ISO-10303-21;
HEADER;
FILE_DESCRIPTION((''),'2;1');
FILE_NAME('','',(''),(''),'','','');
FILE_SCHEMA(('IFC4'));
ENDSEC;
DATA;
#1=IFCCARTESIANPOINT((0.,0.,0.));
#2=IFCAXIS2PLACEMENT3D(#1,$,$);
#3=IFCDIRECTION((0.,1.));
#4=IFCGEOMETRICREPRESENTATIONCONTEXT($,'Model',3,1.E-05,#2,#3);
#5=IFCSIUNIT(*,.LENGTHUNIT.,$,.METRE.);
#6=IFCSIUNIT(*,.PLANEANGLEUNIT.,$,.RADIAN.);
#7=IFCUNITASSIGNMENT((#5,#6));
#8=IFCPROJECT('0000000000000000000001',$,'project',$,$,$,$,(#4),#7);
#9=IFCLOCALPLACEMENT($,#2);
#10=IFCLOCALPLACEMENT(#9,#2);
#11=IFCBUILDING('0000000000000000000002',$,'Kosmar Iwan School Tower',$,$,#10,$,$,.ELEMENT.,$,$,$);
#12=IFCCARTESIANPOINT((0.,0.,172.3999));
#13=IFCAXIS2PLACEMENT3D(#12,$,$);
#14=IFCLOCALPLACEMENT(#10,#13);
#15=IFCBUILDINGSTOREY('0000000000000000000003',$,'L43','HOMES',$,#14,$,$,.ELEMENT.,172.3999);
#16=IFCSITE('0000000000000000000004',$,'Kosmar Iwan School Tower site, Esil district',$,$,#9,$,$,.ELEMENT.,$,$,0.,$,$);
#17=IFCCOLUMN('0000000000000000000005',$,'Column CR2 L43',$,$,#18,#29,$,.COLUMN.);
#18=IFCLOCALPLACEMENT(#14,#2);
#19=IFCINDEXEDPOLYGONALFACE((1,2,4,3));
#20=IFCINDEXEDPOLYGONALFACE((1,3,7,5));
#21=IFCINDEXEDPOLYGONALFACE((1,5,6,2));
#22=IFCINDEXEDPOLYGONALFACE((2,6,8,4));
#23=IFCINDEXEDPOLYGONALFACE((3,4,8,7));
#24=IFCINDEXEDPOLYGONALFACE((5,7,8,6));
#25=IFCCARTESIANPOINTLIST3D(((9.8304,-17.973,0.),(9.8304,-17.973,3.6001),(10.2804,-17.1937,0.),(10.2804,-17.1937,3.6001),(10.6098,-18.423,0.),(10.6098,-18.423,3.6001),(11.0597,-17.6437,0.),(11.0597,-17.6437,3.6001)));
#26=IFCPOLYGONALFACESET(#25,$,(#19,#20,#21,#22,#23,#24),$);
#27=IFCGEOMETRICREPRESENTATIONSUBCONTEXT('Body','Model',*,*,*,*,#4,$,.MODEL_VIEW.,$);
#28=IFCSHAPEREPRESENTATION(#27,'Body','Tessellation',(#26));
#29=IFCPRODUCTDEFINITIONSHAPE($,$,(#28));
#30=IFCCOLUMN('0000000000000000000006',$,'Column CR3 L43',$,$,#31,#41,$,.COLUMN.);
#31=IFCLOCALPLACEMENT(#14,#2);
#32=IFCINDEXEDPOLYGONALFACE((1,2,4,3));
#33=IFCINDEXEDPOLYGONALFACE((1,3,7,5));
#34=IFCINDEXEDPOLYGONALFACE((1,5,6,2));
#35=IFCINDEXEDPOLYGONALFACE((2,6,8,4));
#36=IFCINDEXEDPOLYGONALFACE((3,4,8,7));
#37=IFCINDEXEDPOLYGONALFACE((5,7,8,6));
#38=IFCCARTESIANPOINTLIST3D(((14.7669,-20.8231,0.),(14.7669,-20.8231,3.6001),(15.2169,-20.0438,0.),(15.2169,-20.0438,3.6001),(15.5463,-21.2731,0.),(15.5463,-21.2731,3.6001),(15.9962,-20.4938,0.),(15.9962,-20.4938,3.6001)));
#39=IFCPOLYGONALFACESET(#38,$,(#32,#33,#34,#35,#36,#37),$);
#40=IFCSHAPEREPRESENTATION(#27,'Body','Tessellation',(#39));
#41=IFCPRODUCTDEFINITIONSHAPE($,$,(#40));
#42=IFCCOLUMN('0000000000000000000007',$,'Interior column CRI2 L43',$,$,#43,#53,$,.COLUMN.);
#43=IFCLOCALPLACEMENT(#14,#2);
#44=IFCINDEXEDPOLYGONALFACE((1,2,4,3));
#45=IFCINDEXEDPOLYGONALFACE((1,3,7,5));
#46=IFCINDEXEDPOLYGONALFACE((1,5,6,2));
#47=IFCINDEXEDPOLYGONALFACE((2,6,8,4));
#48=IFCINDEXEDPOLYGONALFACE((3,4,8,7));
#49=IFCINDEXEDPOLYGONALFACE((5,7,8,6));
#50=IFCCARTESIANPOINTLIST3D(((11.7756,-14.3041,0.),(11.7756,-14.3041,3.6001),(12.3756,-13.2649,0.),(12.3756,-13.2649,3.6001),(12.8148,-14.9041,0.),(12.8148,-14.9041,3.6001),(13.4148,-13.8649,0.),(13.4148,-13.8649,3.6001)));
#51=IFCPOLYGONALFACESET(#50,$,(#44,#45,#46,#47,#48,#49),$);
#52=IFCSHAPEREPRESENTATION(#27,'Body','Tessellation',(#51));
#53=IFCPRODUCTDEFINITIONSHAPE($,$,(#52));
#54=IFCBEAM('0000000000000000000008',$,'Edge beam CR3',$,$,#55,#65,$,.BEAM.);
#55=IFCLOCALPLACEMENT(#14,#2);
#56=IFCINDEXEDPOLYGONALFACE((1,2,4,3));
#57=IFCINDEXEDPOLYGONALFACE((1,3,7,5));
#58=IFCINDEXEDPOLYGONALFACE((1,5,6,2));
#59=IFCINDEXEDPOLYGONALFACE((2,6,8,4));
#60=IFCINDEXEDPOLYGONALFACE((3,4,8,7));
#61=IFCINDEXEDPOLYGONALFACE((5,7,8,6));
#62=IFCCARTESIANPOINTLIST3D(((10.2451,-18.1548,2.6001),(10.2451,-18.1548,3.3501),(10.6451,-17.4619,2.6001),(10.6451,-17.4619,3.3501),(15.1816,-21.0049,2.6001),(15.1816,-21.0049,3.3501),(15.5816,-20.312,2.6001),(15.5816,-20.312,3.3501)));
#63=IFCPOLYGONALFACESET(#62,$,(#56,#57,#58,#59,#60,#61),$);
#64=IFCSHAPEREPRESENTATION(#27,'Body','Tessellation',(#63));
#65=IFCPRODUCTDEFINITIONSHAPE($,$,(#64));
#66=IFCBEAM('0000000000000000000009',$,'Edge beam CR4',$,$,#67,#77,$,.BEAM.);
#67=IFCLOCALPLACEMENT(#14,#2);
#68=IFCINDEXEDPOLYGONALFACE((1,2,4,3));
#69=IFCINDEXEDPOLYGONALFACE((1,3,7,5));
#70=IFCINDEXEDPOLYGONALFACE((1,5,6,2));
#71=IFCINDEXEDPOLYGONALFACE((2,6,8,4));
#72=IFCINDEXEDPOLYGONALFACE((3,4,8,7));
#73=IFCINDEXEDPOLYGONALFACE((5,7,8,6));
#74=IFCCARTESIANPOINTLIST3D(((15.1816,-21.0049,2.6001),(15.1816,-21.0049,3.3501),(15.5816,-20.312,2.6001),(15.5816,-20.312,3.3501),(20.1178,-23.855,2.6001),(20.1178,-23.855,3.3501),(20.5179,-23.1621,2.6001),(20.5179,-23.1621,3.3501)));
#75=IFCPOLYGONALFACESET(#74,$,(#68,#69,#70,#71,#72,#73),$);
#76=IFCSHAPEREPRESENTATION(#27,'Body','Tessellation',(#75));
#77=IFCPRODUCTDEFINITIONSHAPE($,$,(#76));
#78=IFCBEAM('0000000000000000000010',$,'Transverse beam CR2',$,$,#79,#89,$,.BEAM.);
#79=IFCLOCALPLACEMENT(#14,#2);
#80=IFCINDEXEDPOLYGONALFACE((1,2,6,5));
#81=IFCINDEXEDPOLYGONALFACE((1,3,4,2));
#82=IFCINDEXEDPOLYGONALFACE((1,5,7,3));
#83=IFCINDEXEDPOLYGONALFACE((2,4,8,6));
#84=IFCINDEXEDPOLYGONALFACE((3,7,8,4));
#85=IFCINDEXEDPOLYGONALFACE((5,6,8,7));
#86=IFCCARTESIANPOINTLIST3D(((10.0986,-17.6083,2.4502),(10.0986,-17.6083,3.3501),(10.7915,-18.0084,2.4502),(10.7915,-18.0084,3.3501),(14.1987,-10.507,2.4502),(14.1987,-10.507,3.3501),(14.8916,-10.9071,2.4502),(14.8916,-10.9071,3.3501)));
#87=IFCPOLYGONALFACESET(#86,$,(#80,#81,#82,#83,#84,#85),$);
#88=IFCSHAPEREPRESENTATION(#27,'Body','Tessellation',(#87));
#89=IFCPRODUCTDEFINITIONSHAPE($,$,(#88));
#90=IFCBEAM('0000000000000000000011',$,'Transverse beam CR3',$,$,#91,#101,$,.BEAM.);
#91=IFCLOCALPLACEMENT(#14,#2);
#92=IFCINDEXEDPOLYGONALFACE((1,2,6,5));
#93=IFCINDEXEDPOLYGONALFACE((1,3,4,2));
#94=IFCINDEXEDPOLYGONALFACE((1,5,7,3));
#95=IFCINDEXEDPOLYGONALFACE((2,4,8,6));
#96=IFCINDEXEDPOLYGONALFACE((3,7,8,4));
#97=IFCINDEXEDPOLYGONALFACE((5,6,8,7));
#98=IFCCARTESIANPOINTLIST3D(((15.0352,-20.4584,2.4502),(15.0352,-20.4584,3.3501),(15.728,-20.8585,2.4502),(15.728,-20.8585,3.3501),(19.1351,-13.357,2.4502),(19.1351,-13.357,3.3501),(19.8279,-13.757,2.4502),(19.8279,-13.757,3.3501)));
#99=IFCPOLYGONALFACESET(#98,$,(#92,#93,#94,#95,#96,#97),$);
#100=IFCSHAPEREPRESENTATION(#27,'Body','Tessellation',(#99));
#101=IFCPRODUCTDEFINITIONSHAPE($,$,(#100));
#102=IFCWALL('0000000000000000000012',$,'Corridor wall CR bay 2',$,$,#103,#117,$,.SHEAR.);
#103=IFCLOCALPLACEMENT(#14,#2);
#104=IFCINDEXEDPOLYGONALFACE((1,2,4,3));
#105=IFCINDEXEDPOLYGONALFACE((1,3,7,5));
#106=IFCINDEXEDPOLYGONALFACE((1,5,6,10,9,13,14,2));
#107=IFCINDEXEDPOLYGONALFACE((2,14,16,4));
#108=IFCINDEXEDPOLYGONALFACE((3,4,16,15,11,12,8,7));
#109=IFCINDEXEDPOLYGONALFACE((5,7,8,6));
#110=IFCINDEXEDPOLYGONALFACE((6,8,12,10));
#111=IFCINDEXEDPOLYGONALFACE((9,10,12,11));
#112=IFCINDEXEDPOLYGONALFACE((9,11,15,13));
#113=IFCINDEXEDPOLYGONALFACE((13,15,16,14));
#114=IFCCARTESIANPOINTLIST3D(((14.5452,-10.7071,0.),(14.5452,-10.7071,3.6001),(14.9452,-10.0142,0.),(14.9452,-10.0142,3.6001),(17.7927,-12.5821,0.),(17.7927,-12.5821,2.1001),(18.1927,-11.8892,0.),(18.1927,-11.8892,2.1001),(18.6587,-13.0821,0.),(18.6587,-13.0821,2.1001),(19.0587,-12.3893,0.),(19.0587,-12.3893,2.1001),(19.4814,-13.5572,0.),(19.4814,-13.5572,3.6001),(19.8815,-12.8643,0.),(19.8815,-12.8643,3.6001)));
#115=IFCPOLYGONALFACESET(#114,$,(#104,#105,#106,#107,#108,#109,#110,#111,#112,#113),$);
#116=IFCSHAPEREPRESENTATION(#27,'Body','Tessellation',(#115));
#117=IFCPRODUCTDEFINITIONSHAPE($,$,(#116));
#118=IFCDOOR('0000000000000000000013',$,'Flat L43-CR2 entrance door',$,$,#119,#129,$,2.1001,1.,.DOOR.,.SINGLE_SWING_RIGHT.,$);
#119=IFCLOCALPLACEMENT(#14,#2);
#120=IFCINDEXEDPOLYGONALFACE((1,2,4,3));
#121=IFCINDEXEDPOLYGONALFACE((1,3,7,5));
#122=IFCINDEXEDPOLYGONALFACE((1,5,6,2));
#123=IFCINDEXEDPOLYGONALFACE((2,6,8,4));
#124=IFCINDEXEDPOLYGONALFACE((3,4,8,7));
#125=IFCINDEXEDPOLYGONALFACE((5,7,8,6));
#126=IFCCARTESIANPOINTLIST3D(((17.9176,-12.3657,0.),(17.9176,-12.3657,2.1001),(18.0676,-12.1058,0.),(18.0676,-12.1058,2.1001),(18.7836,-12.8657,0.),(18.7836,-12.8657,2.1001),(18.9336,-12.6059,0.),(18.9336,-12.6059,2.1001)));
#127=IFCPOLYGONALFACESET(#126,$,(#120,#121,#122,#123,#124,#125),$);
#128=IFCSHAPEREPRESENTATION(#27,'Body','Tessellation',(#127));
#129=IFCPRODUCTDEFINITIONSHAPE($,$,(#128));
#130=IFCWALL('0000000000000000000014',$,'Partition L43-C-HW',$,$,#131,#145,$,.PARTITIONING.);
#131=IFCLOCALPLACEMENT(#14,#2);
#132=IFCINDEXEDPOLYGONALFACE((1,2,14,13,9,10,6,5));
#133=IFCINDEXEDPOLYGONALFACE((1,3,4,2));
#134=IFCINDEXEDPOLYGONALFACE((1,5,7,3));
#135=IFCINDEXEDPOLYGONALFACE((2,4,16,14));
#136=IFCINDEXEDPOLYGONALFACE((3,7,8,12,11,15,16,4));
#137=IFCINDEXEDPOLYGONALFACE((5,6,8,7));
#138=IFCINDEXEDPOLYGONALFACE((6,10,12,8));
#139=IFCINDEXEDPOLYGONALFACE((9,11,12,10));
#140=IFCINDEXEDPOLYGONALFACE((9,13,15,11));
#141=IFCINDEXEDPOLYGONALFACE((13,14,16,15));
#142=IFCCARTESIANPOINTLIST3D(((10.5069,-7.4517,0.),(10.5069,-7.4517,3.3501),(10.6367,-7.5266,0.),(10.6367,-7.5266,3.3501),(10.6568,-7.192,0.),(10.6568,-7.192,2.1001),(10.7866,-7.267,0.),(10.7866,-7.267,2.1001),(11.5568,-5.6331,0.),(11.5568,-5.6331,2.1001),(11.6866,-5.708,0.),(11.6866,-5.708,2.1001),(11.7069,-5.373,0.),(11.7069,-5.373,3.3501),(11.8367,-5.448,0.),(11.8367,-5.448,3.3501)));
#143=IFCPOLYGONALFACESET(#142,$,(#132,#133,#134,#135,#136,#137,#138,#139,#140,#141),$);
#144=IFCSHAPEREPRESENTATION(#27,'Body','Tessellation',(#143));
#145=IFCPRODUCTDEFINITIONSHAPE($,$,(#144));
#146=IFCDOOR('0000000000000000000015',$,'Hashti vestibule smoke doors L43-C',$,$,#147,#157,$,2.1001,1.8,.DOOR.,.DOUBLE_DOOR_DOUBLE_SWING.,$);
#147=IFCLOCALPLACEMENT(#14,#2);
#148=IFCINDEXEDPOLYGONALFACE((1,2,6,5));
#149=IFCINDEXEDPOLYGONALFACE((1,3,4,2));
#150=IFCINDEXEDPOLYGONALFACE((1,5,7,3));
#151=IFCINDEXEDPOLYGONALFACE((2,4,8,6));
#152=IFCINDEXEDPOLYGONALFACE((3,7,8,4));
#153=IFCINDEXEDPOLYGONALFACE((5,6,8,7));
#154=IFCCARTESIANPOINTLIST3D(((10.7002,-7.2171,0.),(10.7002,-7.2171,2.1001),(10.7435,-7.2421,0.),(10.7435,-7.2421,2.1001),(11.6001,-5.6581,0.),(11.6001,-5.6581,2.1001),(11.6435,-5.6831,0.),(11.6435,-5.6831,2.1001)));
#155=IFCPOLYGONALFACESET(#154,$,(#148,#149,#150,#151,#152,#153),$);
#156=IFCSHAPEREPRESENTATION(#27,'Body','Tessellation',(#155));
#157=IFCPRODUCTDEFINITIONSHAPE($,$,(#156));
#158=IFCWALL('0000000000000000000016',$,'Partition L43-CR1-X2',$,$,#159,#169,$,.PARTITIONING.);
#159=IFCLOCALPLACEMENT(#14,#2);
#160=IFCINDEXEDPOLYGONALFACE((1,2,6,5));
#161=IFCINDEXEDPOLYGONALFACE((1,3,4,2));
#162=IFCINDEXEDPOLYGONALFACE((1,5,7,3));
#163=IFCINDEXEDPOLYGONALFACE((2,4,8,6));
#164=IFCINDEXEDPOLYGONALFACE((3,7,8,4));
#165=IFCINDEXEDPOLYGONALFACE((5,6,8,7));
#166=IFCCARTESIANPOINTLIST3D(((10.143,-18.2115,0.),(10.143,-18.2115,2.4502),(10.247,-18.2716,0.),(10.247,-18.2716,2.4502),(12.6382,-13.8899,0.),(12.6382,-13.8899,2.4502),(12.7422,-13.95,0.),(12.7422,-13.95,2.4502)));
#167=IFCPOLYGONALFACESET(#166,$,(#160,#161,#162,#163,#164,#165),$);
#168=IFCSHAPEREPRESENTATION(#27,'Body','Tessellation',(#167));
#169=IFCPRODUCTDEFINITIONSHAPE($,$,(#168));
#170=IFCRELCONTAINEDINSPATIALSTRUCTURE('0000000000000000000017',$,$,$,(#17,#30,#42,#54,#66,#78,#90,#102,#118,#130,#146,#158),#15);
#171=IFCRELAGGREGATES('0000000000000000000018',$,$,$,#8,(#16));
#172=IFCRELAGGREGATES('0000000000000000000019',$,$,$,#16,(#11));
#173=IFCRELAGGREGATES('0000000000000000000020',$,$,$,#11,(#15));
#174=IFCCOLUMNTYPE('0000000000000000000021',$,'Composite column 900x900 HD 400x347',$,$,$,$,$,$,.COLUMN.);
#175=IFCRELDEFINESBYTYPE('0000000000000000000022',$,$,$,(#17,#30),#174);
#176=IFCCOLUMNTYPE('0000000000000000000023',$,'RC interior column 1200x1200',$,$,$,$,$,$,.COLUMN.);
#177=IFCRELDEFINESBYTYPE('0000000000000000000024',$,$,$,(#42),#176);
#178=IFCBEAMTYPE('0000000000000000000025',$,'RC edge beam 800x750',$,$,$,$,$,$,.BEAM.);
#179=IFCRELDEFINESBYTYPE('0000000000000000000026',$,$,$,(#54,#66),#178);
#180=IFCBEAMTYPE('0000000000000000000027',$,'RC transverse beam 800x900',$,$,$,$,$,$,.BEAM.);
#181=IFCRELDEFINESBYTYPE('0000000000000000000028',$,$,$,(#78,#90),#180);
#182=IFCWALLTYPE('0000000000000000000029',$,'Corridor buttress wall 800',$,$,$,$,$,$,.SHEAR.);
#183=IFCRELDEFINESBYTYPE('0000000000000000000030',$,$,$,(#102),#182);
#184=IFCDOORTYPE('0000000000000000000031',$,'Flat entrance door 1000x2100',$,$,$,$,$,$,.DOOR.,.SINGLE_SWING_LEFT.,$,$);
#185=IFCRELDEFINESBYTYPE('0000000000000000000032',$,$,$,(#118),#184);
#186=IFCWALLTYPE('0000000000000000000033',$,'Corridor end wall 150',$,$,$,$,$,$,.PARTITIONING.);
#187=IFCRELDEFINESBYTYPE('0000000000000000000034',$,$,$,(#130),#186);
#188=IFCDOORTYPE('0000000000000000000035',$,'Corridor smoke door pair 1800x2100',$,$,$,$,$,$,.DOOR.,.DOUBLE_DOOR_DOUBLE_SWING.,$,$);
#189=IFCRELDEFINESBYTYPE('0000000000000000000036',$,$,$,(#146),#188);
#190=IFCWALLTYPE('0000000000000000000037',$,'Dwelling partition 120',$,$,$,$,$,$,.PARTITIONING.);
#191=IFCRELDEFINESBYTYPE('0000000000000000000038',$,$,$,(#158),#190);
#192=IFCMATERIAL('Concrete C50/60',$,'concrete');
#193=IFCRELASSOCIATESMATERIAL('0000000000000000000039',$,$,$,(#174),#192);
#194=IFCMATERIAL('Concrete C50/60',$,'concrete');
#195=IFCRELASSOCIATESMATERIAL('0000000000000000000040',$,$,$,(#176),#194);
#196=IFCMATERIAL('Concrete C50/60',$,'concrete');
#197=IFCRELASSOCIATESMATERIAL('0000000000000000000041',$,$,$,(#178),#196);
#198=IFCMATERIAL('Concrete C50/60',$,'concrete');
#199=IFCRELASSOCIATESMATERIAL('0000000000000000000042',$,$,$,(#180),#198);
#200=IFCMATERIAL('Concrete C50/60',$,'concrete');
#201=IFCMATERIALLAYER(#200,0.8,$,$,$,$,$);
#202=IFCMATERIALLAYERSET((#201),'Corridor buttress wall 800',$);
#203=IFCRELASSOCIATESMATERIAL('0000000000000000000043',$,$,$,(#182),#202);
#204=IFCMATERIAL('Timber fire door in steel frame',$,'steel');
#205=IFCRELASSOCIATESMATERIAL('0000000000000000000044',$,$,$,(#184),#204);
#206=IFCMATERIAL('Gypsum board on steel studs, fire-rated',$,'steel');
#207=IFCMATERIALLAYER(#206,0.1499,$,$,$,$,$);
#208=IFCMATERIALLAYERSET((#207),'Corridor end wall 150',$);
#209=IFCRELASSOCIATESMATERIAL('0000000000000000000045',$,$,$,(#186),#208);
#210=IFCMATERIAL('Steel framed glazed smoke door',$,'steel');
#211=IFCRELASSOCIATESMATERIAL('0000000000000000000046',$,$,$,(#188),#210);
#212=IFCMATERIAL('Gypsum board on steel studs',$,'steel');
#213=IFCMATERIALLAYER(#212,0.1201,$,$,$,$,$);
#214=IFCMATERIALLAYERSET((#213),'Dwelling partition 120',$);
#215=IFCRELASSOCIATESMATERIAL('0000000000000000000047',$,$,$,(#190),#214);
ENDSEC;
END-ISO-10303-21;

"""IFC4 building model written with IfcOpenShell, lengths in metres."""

from ifc_helpers import new_model, si_unit, direction, frame, frame_2d, origin, origin_2d, place, context, subcontext, project, spatial, rectangle, extrude, material, layer, layer_set, material_profile, profile_set, type_object, element, fill, save


model = new_model("IFC4")

# Units and contexts
model_context = context("Model", 3, precision=1e-05, world=origin(), true_north=direction((0.0, 1.0)))
body_context = subcontext(model_context, "Body", "Model", "MODEL_VIEW")
ifc_project = project(units=[si_unit("LENGTHUNIT", "METRE"), si_unit("PLANEANGLEUNIT", "RADIAN")], contexts=[model_context])

# Site, building, storey
site_placement = place(None, origin())
site = spatial("IfcSite", under=ifc_project, at=site_placement, Name="Kosmar Iwan School Tower site, Esil district", CompositionType="ELEMENT", RefElevation=0.0)
building_placement = place(site_placement, origin())
building = spatial("IfcBuilding", under=site, at=building_placement, Name="Kosmar Iwan School Tower", CompositionType="ELEMENT")
storey_placement = place(building_placement, frame((0.0, 0.0, 172.3999)))
storey = spatial("IfcBuildingStorey", under=building, at=storey_placement, Name="L43", Description="HOMES", CompositionType="ELEMENT", Elevation=172.3999)

# Columns
ifc_material_1 = material(Name="Concrete C50/60", Category="concrete")
ifc_material_profile_1 = material_profile(ifc_material_1, rectangle(XDim=0.8999, YDim=0.8999, at=origin_2d()), Name="RC 900x900 + HD 400x347")
ifc_profile_set_1 = profile_set([ifc_material_profile_1], Name="Concrete C50/60")
column_type_1 = type_object("IfcColumnType", Name="Composite column 900x900 HD 400x347", PredefinedType="COLUMN", material=ifc_profile_set_1)
for number, where, z_axis, x_axis, name in (
    (1, (10.4451, -17.8083, 0.0), (0.0, 0.0, 1.0), (0.866025, -0.5, 0.0), "Column CR2 L43"),
    (2, (15.3816, -20.6584, 0.0), (0.0, 0.0, 1.0), (0.866025, -0.5, 0.0), "Column CR3 L43"),
):
    element("IfcColumn", number, at=place(storey_placement, frame(where, z_axis=z_axis, x_axis=x_axis)), inside=storey, type_object=column_type_1, Name=name, PredefinedType="COLUMN", context=body_context, shape_type="SweptSolid", body=[
        extrude(rectangle(XDim=0.8999, YDim=0.8999, at=origin_2d()), origin(), (0.0, 0.0, 1.0), 3.6001),
    ])
ifc_material_2 = material(Name="Concrete C50/60", Category="concrete")
ifc_material_profile_2 = material_profile(ifc_material_2, rectangle(XDim=1.2, YDim=1.2, at=origin_2d()), Name="RC 1200x1200")
ifc_profile_set_2 = profile_set([ifc_material_profile_2], Name="Concrete C50/60")
column_type_2 = type_object("IfcColumnType", Name="RC interior column 1200x1200", PredefinedType="COLUMN", material=ifc_profile_set_2)
column_placement = place(storey_placement, frame((12.5952, -14.0845, 0.0), z_axis=(0.0, 0.0, 1.0), x_axis=(0.866025, -0.5, 0.0)))
element("IfcColumn", 3, at=column_placement, inside=storey, type_object=column_type_2, Name="Interior column CRI2 L43", PredefinedType="COLUMN", context=body_context, shape_type="SweptSolid", body=[
    extrude(rectangle(XDim=1.2, YDim=1.2, at=origin_2d()), origin(), (0.0, 0.0, 1.0), 3.6001),
])

# Beams
ifc_material_3 = material(Name="Concrete C50/60", Category="concrete")
ifc_material_profile_3 = material_profile(ifc_material_3, rectangle(XDim=0.8, YDim=0.75, at=origin_2d()), Name="RC 800x750")
ifc_profile_set_3 = profile_set([ifc_material_profile_3], Name="Concrete C50/60")
beam_type_1 = type_object("IfcBeamType", Name="RC edge beam 800x750", PredefinedType="BEAM", material=ifc_profile_set_3)
beam_1_placement = place(storey_placement, frame((10.4451, -17.8083, 2.9751), z_axis=(0.866026, -0.499999, 0.0), x_axis=(0.499999, 0.866026, 0.0)))
element("IfcBeam", 4, at=beam_1_placement, inside=storey, type_object=beam_type_1, Name="Edge beam CR3", PredefinedType="BEAM", context=body_context, shape_type="SweptSolid", body=[
    extrude(rectangle(XDim=0.8, YDim=0.75, at=origin_2d()), origin(), (0.0, 0.0, 1.0), 5.7002),
])
beam_2_placement = place(storey_placement, frame((15.3816, -20.6584, 2.9751), z_axis=(0.866015, -0.500018, 0.0), x_axis=(0.500018, 0.866015, 0.0)))
element("IfcBeam", 5, at=beam_2_placement, inside=storey, type_object=beam_type_1, Name="Edge beam CR4", PredefinedType="BEAM", context=body_context, shape_type="SweptSolid", body=[
    extrude(rectangle(XDim=0.8, YDim=0.75, at=origin_2d()), origin(), (0.0, 0.0, 1.0), 5.7),
])
ifc_material_4 = material(Name="Concrete C50/60", Category="concrete")
ifc_material_profile_4 = material_profile(ifc_material_4, rectangle(XDim=0.8, YDim=0.8999, at=origin_2d()), Name="RC 800x900")
ifc_profile_set_4 = profile_set([ifc_material_profile_4], Name="Concrete C50/60")
beam_type_2 = type_object("IfcBeamType", Name="RC transverse beam 800x900", PredefinedType="BEAM", material=ifc_profile_set_4)
for number, where, z_axis, x_axis, name in (
    (6, (10.4451, -17.8083, 2.9001), (0.500014, 0.866018, 0.0), (-0.866018, 0.500014, 0.0), "Transverse beam CR2"),
    (7, (15.3816, -20.6584, 2.9001), (0.499991, 0.86603, 0.0), (-0.86603, 0.499991, 0.0), "Transverse beam CR3"),
):
    element("IfcBeam", number, at=place(storey_placement, frame(where, z_axis=z_axis, x_axis=x_axis)), inside=storey, type_object=beam_type_2, Name=name, PredefinedType="BEAM", context=body_context, shape_type="SweptSolid", body=[
        extrude(rectangle(XDim=0.8, YDim=0.8999, at=origin_2d()), origin(), (0.0, 0.0, 1.0), 8.2),
    ])

# Walls, openings, doors
ifc_material_5 = material(Name="Concrete C50/60", Category="concrete")
ifc_layer_1 = layer(ifc_material_5, 0.8)
ifc_layer_set_1 = layer_set([ifc_layer_1], Name="Corridor buttress wall 800")
wall_type_1 = type_object("IfcWallType", Name="Corridor buttress wall 800", PredefinedType="SHEAR", material=ifc_layer_set_1)
wall_1_placement = place(storey_placement, frame((14.7451, -10.3606, 0.0), z_axis=(0.0, 0.0, 1.0), x_axis=(0.866015, -0.500018, 0.0)))
wall_1 = element("IfcWall", 8, at=wall_1_placement, inside=storey, type_object=wall_type_1, Name="Corridor wall CR bay 2", PredefinedType="SHEAR", context=body_context, shape_type="SweptSolid", body=[
    extrude(rectangle(XDim=5.7, YDim=0.8, at=frame_2d((2.8501, 0.0))), origin(), (0.0, 0.0, 1.0), 3.6001),
])
opening_1_placement = place(wall_1_placement, frame((3.75, 0.0, 0.0)))
opening_1 = element("IfcOpeningElement", 9, at=opening_1_placement, cuts=wall_1, PredefinedType="OPENING", context=body_context, shape_type="SweptSolid", body=[
    extrude(rectangle(XDim=1.0, YDim=2.1001, at=frame_2d((0.5, 1.05))), frame((0.0, 0.4121, 0.0), z_axis=(0.0, -1.0, 0.0), x_axis=(1.0, 0.0, 0.0)), (0.0, 0.0, 1.0), 0.824),
])
ifc_material_6 = material(Name="Timber fire door in steel frame", Category="steel")
door_type_1 = type_object("IfcDoorType", Name="Flat entrance door 1000x2100", OperationType="SINGLE_SWING_LEFT", PredefinedType="DOOR", material=ifc_material_6)
door_1_placement = place(opening_1_placement, origin())
door_1 = element("IfcDoor", 10, at=door_1_placement, inside=storey, type_object=door_type_1, Name="Flat L43-CR2 entrance door", OperationType="SINGLE_SWING_RIGHT", OverallHeight=2.1001, OverallWidth=1.0, PredefinedType="DOOR", context=body_context, shape_type="SweptSolid", body=[
    extrude(rectangle(XDim=1.0, YDim=2.1001, at=frame_2d((0.5, 1.05))), frame((0.0, 0.1499, 0.0), z_axis=(0.0, -1.0, 0.0), x_axis=(1.0, 0.0, 0.0)), (0.0, 0.0, 1.0), 0.3),
])
fill(opening_1, door_1)
ifc_material_7 = material(Name="Gypsum board on steel studs, fire-rated", Category="steel")
ifc_layer_2 = layer(ifc_material_7, 0.1499)
ifc_layer_set_2 = layer_set([ifc_layer_2], Name="Corridor end wall 150")
wall_type_2 = type_object("IfcWallType", Name="Corridor end wall 150", PredefinedType="PARTITIONING", material=ifc_layer_set_2)
wall_2_placement = place(storey_placement, frame((10.5718, -7.4893, 0.0), z_axis=(0.0, 0.0, 1.0), x_axis=(0.499957, 0.86605, 0.0)))
wall_2 = element("IfcWall", 11, at=wall_2_placement, inside=storey, type_object=wall_type_2, Name="Partition L43-C-HW", PredefinedType="PARTITIONING", context=body_context, shape_type="SweptSolid", body=[
    extrude(rectangle(XDim=2.4001, YDim=0.1499, at=frame_2d((1.2002, 0.0))), origin(), (0.0, 0.0, 1.0), 3.3501),
])
opening_2_placement = place(wall_2_placement, frame((0.3, 0.0, 0.0)))
opening_2 = element("IfcOpeningElement", 12, at=opening_2_placement, cuts=wall_2, PredefinedType="OPENING", context=body_context, shape_type="SweptSolid", body=[
    extrude(rectangle(XDim=1.8, YDim=2.1001, at=frame_2d((0.8999, 1.05))), frame((0.0, 0.0869, 0.0), z_axis=(0.0, -1.0, 0.0), x_axis=(1.0, 0.0, 0.0)), (0.0, 0.0, 1.0), 0.1738),
])
ifc_material_8 = material(Name="Steel framed glazed smoke door", Category="steel")
door_type_2 = type_object("IfcDoorType", Name="Corridor smoke door pair 1800x2100", OperationType="DOUBLE_DOOR_DOUBLE_SWING", PredefinedType="DOOR", material=ifc_material_8)
door_2_placement = place(opening_2_placement, origin())
door_2 = element("IfcDoor", 13, at=door_2_placement, inside=storey, type_object=door_type_2, Name="Hashti vestibule smoke doors L43-C", OperationType="DOUBLE_DOOR_DOUBLE_SWING", OverallHeight=2.1001, OverallWidth=1.8, PredefinedType="DOOR", context=body_context, shape_type="SweptSolid", body=[
    extrude(rectangle(XDim=1.8, YDim=2.1001, at=frame_2d((0.8999, 1.05))), frame((0.0, 0.0249, 0.0), z_axis=(0.0, -1.0, 0.0), x_axis=(1.0, 0.0, 0.0)), (0.0, 0.0, 1.0), 0.05),
])
fill(opening_2, door_2)

# Wall
ifc_material_9 = material(Name="Gypsum board on steel studs", Category="steel")
ifc_layer_3 = layer(ifc_material_9, 0.1201)
ifc_layer_set_3 = layer_set([ifc_layer_3], Name="Dwelling partition 120")
wall_type_3 = type_object("IfcWallType", Name="Dwelling partition 120", PredefinedType="PARTITIONING", material=ifc_layer_set_3)
wall_3_placement = place(storey_placement, frame((12.6902, -13.9199, 0.0), z_axis=(0.0, 0.0, 1.0), x_axis=(-0.500012, -0.866019, 0.0)))
element("IfcWall", 14, at=wall_3_placement, inside=storey, type_object=wall_type_3, Name="Partition L43-CR1-X2", PredefinedType="PARTITIONING", context=body_context, shape_type="SweptSolid", body=[
    extrude(rectangle(XDim=4.9902, YDim=0.1201, at=frame_2d((2.4951, 0.0))), origin(), (0.0, 0.0, 1.0), 2.4502),
])

save(model, "model.ifc")
